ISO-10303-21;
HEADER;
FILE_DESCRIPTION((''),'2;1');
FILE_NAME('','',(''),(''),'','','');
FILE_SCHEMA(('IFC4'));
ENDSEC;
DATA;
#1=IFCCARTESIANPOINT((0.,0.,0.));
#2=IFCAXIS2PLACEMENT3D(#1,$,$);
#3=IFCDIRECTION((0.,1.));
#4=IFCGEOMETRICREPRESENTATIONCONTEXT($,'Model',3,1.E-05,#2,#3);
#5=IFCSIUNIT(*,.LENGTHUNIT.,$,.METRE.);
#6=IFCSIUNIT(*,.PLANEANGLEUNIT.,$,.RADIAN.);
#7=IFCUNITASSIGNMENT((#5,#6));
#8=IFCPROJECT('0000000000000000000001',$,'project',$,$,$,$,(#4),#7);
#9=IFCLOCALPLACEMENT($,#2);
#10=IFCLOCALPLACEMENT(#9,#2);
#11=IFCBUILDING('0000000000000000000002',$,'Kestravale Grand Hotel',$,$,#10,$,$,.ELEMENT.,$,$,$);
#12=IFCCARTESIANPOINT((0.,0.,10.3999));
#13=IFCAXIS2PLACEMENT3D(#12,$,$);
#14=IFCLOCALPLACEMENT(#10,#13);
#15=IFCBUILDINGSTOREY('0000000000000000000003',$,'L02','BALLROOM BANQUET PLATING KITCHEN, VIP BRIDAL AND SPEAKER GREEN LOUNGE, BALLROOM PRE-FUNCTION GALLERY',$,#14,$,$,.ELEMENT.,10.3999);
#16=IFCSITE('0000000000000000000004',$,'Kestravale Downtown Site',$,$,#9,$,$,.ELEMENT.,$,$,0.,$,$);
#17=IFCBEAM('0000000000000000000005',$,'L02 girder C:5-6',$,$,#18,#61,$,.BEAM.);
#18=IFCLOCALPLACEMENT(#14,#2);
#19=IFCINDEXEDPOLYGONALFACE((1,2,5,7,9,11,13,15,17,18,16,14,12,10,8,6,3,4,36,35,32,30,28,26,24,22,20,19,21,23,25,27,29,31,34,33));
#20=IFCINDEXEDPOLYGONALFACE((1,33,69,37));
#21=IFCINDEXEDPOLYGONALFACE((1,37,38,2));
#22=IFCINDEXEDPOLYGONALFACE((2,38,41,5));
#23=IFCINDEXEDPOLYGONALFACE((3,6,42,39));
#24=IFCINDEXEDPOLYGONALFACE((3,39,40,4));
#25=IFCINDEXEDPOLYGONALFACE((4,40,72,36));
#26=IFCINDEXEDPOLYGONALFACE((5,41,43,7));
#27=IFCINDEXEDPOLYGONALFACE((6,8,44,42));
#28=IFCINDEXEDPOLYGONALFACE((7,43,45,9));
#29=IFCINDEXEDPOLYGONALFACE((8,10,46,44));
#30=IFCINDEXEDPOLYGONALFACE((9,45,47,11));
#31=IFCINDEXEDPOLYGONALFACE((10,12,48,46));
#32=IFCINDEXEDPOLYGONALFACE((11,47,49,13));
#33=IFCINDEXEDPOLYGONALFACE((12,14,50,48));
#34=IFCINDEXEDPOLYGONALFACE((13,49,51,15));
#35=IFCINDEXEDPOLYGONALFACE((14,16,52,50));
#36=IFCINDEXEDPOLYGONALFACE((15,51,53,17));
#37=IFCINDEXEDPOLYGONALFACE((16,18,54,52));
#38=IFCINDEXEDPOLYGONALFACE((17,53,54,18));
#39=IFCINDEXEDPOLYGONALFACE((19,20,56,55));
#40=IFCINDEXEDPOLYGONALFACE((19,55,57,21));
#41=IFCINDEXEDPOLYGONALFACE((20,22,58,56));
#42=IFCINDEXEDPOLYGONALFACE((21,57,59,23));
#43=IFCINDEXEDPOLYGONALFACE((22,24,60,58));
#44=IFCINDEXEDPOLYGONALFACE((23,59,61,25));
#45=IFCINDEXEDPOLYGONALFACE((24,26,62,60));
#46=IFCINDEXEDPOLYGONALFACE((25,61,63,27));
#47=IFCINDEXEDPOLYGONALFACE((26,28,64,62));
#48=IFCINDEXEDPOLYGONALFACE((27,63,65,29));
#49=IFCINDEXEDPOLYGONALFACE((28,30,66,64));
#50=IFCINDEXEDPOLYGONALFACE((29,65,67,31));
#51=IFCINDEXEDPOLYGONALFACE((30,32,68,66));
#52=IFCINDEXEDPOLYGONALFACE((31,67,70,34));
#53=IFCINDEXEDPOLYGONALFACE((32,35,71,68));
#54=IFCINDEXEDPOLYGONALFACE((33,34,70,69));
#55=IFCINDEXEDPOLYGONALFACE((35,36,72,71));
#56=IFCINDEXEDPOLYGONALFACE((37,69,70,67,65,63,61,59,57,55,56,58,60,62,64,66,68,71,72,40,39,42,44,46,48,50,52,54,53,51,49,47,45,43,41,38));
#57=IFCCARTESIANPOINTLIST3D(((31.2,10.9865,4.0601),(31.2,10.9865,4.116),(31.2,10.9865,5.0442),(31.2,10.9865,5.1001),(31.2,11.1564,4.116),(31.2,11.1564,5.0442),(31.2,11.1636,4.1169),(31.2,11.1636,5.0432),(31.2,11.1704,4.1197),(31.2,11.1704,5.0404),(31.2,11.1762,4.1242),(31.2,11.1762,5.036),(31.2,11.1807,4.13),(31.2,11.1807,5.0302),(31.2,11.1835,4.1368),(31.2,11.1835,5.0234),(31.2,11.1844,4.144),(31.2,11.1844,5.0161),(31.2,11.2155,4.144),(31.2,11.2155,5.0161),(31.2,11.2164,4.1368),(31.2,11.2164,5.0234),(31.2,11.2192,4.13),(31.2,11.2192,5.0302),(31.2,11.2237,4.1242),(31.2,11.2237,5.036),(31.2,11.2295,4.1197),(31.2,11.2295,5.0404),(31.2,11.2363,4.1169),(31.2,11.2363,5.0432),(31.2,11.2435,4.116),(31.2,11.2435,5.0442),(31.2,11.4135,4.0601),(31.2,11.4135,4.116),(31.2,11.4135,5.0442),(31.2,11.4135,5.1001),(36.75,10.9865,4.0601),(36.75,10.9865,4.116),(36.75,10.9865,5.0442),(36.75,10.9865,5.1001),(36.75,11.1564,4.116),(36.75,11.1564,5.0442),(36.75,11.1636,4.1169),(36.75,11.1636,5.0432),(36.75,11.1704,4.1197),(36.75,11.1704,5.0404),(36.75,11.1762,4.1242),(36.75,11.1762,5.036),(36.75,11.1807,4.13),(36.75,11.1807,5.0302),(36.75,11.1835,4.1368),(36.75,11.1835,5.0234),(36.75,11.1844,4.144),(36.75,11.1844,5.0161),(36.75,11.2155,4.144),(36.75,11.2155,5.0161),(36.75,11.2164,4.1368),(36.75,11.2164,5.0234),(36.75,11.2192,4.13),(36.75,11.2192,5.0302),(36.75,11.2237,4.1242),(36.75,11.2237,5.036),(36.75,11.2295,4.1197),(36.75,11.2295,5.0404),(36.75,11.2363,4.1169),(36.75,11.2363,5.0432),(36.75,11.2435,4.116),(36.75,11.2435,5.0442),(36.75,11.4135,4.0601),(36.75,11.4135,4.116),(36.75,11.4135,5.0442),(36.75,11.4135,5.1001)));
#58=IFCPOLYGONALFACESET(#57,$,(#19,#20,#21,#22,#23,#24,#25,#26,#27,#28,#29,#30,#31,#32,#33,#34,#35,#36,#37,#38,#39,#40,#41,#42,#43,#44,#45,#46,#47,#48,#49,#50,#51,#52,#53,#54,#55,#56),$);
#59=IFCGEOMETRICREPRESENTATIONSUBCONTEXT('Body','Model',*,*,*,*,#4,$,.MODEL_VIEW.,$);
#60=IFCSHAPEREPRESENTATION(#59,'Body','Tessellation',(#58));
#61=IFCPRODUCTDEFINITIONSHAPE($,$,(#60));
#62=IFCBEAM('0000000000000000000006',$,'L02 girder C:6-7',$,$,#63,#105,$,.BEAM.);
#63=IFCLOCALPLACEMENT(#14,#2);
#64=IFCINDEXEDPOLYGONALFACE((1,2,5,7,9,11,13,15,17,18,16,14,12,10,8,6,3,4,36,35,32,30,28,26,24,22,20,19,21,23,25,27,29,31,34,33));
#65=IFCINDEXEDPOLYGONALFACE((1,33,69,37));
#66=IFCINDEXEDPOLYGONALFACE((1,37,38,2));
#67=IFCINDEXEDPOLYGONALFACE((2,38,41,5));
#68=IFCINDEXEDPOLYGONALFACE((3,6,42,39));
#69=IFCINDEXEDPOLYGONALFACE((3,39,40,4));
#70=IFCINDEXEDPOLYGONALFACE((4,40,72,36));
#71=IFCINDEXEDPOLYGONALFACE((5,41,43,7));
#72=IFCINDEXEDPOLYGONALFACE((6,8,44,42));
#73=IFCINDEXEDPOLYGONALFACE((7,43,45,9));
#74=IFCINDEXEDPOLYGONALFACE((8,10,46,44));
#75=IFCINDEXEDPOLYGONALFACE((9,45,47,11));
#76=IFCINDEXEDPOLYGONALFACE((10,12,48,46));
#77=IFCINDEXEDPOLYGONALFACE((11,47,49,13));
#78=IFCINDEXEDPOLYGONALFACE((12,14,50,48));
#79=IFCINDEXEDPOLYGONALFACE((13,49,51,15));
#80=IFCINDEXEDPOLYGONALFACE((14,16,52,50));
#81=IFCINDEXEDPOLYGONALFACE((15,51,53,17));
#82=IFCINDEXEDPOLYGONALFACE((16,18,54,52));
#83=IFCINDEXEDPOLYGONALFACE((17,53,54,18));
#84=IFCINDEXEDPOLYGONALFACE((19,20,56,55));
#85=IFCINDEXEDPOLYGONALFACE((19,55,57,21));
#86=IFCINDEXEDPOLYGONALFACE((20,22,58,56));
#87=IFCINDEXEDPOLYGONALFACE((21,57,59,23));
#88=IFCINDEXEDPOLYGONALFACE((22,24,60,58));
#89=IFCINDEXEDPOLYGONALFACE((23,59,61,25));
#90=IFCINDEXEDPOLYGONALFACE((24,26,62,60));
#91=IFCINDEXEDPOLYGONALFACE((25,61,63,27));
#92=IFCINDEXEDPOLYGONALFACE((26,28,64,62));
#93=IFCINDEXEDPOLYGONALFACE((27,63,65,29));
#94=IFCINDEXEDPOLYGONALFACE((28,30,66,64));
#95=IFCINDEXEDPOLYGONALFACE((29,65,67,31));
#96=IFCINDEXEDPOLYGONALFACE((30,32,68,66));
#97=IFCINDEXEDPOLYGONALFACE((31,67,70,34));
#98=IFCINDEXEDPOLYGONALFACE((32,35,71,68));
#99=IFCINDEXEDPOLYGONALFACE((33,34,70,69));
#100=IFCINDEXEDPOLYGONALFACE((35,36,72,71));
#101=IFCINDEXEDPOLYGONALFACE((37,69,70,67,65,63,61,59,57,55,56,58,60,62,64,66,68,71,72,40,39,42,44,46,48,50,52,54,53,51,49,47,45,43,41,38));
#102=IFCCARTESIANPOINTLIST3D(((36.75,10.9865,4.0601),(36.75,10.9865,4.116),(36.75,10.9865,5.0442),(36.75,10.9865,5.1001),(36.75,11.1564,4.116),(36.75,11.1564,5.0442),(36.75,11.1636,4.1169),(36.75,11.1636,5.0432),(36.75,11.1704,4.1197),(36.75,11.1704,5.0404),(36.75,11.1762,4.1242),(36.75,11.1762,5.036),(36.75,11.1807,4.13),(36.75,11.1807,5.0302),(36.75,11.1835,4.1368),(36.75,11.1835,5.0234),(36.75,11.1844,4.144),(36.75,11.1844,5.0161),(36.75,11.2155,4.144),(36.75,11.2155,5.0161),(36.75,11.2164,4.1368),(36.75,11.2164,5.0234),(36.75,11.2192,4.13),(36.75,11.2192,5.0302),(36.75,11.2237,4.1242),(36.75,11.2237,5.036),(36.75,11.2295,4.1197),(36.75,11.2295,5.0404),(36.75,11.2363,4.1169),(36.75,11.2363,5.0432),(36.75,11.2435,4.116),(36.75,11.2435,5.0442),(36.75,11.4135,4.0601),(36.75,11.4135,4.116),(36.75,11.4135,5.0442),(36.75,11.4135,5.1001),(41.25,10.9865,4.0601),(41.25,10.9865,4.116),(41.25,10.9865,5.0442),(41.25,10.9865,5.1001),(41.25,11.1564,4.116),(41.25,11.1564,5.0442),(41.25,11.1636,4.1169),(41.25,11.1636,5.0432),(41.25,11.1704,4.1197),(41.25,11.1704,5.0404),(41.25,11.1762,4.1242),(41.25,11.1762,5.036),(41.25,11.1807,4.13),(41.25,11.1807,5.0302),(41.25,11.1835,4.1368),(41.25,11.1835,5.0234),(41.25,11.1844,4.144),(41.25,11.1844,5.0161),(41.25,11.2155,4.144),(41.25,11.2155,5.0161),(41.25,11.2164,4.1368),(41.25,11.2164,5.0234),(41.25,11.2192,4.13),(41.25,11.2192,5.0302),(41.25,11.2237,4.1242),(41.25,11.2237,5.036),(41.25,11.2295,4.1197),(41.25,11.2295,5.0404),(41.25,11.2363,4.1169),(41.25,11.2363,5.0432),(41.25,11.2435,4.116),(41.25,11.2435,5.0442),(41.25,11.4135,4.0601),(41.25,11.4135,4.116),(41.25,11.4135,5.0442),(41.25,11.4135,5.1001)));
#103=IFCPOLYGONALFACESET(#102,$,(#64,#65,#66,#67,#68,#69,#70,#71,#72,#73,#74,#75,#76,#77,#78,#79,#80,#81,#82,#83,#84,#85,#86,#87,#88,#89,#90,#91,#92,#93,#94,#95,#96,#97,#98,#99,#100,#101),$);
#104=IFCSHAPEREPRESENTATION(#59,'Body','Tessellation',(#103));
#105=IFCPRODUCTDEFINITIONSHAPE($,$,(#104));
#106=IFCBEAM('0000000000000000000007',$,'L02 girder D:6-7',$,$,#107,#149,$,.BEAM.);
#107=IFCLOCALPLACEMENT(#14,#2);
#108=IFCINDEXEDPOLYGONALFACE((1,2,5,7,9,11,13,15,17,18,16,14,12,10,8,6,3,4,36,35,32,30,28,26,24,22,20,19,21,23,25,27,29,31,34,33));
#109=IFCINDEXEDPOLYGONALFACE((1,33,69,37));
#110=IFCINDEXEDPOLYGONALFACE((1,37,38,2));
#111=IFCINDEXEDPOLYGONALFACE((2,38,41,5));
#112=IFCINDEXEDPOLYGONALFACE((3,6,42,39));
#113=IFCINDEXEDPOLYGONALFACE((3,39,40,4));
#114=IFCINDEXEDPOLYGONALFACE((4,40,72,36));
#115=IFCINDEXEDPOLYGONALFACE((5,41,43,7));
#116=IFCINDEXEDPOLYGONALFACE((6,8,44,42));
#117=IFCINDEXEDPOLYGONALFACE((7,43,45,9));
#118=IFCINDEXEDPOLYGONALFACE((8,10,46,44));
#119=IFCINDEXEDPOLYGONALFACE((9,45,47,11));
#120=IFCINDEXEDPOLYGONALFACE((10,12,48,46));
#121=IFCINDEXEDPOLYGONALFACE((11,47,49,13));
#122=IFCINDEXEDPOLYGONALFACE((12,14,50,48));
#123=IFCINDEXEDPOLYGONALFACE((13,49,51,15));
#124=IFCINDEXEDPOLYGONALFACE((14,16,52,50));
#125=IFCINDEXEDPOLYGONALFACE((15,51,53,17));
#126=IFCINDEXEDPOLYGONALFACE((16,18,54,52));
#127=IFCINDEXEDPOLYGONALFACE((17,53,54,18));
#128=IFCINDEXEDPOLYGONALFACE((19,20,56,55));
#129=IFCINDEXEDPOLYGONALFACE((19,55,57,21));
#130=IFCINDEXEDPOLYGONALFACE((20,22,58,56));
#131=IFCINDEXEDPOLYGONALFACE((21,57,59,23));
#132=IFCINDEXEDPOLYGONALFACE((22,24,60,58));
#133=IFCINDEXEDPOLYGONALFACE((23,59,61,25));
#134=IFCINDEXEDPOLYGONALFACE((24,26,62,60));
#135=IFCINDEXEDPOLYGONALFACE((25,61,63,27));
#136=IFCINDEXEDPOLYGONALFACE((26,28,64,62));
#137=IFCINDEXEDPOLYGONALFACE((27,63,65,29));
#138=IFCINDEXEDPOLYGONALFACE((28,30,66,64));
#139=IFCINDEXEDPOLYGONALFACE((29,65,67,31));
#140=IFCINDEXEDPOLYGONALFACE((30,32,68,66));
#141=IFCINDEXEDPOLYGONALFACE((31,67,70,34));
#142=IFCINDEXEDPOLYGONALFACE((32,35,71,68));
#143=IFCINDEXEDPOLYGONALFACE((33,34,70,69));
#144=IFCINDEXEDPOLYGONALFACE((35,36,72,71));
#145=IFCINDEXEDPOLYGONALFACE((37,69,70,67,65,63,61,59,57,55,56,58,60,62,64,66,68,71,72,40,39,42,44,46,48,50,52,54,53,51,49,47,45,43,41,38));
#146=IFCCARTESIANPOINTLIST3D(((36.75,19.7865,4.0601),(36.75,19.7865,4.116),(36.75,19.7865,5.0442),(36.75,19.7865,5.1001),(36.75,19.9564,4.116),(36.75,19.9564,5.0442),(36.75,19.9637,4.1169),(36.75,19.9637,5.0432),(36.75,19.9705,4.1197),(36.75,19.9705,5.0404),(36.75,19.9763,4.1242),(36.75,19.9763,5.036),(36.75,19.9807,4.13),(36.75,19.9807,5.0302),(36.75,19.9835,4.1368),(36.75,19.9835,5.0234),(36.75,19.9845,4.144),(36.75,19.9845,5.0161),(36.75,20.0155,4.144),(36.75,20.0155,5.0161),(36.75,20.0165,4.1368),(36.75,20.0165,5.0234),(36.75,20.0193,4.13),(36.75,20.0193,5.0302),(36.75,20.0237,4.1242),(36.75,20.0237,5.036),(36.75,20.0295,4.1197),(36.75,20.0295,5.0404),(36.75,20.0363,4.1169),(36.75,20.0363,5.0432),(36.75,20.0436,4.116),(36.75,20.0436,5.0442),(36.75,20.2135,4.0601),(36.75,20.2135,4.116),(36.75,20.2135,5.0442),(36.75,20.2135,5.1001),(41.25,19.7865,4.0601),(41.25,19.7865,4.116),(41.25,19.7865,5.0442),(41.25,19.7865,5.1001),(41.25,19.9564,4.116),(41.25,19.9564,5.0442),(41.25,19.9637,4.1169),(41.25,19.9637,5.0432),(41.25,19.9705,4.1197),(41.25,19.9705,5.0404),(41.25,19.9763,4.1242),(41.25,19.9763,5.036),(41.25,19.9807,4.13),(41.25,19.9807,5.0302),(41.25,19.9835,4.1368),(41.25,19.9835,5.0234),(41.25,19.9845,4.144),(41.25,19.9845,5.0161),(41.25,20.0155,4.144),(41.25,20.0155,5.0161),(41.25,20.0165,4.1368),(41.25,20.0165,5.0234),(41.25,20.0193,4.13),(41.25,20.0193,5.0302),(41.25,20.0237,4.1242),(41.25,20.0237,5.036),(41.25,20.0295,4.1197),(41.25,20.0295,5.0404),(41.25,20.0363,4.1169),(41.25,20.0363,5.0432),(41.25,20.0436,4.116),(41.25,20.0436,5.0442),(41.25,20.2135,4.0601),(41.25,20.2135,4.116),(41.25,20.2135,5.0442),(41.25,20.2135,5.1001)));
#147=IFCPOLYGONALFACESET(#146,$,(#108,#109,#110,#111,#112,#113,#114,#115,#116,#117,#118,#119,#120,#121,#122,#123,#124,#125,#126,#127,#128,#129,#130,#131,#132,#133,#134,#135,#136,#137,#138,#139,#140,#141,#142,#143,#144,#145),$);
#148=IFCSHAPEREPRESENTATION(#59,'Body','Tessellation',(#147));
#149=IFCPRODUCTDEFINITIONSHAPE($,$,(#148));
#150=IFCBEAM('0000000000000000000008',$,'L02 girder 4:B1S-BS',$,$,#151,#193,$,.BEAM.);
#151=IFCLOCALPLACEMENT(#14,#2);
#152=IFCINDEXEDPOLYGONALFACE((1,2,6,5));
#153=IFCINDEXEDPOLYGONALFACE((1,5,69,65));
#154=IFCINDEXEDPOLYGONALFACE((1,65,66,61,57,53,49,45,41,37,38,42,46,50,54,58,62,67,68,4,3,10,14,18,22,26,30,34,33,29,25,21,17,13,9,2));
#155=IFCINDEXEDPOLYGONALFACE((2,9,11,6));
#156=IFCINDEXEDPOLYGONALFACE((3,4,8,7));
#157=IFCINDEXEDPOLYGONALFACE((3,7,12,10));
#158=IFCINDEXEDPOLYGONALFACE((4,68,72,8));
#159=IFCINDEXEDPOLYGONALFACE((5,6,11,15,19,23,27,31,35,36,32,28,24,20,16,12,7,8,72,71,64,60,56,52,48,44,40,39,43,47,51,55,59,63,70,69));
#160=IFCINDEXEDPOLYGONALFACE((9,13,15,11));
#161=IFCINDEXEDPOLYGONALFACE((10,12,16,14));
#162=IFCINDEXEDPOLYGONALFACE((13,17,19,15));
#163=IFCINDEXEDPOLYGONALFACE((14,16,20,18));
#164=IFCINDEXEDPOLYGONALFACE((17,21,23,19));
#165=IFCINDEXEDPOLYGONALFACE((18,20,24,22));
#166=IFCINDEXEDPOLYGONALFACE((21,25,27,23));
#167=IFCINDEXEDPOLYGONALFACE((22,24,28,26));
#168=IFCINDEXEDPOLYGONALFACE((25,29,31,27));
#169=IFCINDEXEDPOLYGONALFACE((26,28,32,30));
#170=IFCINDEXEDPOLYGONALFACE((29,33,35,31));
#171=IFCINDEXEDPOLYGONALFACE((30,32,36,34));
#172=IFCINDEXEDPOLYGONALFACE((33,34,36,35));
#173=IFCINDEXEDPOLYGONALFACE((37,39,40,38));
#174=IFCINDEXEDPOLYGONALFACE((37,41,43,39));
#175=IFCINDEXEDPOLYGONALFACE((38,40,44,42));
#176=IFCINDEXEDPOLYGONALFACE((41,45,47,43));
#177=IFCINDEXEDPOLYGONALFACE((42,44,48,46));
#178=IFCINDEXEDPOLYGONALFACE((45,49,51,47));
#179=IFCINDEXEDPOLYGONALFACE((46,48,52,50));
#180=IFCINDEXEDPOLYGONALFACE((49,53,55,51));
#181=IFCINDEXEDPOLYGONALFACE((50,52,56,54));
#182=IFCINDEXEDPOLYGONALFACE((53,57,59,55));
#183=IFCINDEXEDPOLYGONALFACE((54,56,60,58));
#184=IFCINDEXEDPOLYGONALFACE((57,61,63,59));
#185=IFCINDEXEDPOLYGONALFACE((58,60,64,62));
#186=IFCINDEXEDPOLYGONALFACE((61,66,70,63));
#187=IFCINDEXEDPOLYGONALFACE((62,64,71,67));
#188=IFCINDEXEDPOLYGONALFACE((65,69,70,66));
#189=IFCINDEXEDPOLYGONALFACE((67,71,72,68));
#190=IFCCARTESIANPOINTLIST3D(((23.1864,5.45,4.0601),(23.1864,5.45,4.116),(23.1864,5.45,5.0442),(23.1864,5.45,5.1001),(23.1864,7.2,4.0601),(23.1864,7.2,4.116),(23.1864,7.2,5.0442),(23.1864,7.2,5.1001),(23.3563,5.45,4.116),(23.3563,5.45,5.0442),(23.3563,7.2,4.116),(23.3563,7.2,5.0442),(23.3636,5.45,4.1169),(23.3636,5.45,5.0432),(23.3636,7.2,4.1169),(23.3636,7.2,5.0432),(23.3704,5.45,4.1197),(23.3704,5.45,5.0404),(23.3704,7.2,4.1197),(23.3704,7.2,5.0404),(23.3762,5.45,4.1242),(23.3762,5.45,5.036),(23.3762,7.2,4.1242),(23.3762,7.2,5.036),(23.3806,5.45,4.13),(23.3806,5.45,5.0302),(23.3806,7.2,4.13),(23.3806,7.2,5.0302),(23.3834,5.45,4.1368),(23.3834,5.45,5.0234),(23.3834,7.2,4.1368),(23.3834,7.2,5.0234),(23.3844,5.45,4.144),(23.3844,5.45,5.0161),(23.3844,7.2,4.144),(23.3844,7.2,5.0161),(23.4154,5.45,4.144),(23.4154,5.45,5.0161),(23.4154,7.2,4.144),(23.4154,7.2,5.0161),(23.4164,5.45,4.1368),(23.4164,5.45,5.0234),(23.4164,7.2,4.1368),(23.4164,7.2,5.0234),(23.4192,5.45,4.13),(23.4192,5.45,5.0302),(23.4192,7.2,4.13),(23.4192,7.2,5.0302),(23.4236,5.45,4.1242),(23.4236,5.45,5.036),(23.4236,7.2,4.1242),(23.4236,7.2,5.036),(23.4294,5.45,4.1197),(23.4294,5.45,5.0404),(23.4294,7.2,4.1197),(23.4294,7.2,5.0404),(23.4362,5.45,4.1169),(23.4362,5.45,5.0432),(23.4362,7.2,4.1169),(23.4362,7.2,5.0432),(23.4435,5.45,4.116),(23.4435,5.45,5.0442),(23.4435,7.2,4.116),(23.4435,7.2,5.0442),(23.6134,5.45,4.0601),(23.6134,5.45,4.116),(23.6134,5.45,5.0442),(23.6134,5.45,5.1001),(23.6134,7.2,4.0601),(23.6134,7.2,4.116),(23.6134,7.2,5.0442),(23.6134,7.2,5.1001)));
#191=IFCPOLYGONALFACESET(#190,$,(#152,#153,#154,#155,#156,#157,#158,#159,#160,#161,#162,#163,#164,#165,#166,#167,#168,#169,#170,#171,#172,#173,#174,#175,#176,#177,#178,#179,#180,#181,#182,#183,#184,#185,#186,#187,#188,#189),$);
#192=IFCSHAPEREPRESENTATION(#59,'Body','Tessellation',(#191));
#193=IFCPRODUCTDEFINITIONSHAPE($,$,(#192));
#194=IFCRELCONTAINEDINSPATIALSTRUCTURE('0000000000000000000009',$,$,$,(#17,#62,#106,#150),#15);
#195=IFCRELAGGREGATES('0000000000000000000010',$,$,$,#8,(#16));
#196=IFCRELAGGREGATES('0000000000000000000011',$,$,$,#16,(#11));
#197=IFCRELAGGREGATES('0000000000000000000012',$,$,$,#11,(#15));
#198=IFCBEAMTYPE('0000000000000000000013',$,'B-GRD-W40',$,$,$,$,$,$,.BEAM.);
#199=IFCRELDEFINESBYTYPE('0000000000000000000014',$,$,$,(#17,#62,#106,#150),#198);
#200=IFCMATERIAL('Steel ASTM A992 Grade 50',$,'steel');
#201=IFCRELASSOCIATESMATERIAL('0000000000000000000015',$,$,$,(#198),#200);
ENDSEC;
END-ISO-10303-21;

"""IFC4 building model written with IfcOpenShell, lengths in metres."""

from ifc_helpers import new_model, si_unit, direction, frame, origin, origin_2d, place, context, subcontext, project, spatial, i_section, extrude, material, material_profile, profile_set, type_object, element, save


model = new_model("IFC4")

# Units and contexts
model_context = context("Model", 3, precision=1e-05, world=origin(), true_north=direction((0.0, 1.0)))
body_context = subcontext(model_context, "Body", "Model", "MODEL_VIEW")
ifc_project = project(units=[si_unit("LENGTHUNIT", "METRE"), si_unit("PLANEANGLEUNIT", "RADIAN")], contexts=[model_context])

# Site, building, storey
site_placement = place(None, origin())
site = spatial("IfcSite", under=ifc_project, at=site_placement, Name="Kestravale Downtown Site", CompositionType="ELEMENT", RefElevation=0.0)
building_placement = place(site_placement, origin())
building = spatial("IfcBuilding", under=site, at=building_placement, Name="Kestravale Grand Hotel", CompositionType="ELEMENT")
storey_placement = place(building_placement, frame((0.0, 0.0, 10.3999)))
storey = spatial("IfcBuildingStorey", under=building, at=storey_placement, Name="L02", Description="BALLROOM BANQUET PLATING KITCHEN, VIP BRIDAL AND SPEAKER GREEN LOUNGE, BALLROOM PRE-FUNCTION GALLERY", CompositionType="ELEMENT", Elevation=10.3999)

# Beams
ifc_material_1 = material(Name="Steel ASTM A992 Grade 50", Category="steel")
ifc_material_profile_1 = material_profile(ifc_material_1, i_section(OverallWidth=0.427, OverallDepth=1.04, WebThickness=0.031, FlangeThickness=0.0559, FilletRadius=0.0281, at=origin_2d()))
ifc_profile_set_1 = profile_set([ifc_material_profile_1], Name="Steel ASTM A992 Grade 50")
beam_type_1 = type_object("IfcBeamType", Name="B-GRD-W40", PredefinedType="BEAM", material=ifc_profile_set_1)
beam_1_placement = place(storey_placement, frame((31.2, 11.2, 4.5801), z_axis=(1.0, 0.0, 0.0), x_axis=(0.0, 1.0, 0.0)))
element("IfcBeam", 1, at=beam_1_placement, inside=storey, type_object=beam_type_1, Name="L02 girder C:5-6", PredefinedType="BEAM", context=body_context, shape_type="SweptSolid", body=[
    extrude(i_section(OverallWidth=0.427, OverallDepth=1.04, WebThickness=0.031, FlangeThickness=0.0559, FilletRadius=0.0281, at=origin_2d()), origin(), (0.0, 0.0, 1.0), 5.55),
])
for number, where, z_axis, x_axis, name in (
    (2, (36.75, 11.2, 4.5801), (1.0, 0.0, 0.0), (0.0, 1.0, 0.0), "L02 girder C:6-7"),
    (3, (36.75, 20.0, 4.5801), (1.0, 0.0, 0.0), (0.0, 1.0, 0.0), "L02 girder D:6-7"),
):
    element("IfcBeam", number, at=place(storey_placement, frame(where, z_axis=z_axis, x_axis=x_axis)), inside=storey, type_object=beam_type_1, Name=name, PredefinedType="BEAM", context=body_context, shape_type="SweptSolid", body=[
        extrude(i_section(OverallWidth=0.427, OverallDepth=1.04, WebThickness=0.031, FlangeThickness=0.0559, FilletRadius=0.0281, at=origin_2d()), origin(), (0.0, 0.0, 1.0), 4.5),
    ])
beam_2_placement = place(storey_placement, frame((23.3999, 5.45, 4.5801), z_axis=(0.0, 1.0, 0.0), x_axis=(-1.0, 0.0, 0.0)))
element("IfcBeam", 4, at=beam_2_placement, inside=storey, type_object=beam_type_1, Name="L02 girder 4:B1S-BS", PredefinedType="BEAM", context=body_context, shape_type="SweptSolid", body=[
    extrude(i_section(OverallWidth=0.427, OverallDepth=1.04, WebThickness=0.031, FlangeThickness=0.0559, FilletRadius=0.0281, at=origin_2d()), origin(), (0.0, 0.0, 1.0), 1.75),
])

save(model, "model.ifc")
